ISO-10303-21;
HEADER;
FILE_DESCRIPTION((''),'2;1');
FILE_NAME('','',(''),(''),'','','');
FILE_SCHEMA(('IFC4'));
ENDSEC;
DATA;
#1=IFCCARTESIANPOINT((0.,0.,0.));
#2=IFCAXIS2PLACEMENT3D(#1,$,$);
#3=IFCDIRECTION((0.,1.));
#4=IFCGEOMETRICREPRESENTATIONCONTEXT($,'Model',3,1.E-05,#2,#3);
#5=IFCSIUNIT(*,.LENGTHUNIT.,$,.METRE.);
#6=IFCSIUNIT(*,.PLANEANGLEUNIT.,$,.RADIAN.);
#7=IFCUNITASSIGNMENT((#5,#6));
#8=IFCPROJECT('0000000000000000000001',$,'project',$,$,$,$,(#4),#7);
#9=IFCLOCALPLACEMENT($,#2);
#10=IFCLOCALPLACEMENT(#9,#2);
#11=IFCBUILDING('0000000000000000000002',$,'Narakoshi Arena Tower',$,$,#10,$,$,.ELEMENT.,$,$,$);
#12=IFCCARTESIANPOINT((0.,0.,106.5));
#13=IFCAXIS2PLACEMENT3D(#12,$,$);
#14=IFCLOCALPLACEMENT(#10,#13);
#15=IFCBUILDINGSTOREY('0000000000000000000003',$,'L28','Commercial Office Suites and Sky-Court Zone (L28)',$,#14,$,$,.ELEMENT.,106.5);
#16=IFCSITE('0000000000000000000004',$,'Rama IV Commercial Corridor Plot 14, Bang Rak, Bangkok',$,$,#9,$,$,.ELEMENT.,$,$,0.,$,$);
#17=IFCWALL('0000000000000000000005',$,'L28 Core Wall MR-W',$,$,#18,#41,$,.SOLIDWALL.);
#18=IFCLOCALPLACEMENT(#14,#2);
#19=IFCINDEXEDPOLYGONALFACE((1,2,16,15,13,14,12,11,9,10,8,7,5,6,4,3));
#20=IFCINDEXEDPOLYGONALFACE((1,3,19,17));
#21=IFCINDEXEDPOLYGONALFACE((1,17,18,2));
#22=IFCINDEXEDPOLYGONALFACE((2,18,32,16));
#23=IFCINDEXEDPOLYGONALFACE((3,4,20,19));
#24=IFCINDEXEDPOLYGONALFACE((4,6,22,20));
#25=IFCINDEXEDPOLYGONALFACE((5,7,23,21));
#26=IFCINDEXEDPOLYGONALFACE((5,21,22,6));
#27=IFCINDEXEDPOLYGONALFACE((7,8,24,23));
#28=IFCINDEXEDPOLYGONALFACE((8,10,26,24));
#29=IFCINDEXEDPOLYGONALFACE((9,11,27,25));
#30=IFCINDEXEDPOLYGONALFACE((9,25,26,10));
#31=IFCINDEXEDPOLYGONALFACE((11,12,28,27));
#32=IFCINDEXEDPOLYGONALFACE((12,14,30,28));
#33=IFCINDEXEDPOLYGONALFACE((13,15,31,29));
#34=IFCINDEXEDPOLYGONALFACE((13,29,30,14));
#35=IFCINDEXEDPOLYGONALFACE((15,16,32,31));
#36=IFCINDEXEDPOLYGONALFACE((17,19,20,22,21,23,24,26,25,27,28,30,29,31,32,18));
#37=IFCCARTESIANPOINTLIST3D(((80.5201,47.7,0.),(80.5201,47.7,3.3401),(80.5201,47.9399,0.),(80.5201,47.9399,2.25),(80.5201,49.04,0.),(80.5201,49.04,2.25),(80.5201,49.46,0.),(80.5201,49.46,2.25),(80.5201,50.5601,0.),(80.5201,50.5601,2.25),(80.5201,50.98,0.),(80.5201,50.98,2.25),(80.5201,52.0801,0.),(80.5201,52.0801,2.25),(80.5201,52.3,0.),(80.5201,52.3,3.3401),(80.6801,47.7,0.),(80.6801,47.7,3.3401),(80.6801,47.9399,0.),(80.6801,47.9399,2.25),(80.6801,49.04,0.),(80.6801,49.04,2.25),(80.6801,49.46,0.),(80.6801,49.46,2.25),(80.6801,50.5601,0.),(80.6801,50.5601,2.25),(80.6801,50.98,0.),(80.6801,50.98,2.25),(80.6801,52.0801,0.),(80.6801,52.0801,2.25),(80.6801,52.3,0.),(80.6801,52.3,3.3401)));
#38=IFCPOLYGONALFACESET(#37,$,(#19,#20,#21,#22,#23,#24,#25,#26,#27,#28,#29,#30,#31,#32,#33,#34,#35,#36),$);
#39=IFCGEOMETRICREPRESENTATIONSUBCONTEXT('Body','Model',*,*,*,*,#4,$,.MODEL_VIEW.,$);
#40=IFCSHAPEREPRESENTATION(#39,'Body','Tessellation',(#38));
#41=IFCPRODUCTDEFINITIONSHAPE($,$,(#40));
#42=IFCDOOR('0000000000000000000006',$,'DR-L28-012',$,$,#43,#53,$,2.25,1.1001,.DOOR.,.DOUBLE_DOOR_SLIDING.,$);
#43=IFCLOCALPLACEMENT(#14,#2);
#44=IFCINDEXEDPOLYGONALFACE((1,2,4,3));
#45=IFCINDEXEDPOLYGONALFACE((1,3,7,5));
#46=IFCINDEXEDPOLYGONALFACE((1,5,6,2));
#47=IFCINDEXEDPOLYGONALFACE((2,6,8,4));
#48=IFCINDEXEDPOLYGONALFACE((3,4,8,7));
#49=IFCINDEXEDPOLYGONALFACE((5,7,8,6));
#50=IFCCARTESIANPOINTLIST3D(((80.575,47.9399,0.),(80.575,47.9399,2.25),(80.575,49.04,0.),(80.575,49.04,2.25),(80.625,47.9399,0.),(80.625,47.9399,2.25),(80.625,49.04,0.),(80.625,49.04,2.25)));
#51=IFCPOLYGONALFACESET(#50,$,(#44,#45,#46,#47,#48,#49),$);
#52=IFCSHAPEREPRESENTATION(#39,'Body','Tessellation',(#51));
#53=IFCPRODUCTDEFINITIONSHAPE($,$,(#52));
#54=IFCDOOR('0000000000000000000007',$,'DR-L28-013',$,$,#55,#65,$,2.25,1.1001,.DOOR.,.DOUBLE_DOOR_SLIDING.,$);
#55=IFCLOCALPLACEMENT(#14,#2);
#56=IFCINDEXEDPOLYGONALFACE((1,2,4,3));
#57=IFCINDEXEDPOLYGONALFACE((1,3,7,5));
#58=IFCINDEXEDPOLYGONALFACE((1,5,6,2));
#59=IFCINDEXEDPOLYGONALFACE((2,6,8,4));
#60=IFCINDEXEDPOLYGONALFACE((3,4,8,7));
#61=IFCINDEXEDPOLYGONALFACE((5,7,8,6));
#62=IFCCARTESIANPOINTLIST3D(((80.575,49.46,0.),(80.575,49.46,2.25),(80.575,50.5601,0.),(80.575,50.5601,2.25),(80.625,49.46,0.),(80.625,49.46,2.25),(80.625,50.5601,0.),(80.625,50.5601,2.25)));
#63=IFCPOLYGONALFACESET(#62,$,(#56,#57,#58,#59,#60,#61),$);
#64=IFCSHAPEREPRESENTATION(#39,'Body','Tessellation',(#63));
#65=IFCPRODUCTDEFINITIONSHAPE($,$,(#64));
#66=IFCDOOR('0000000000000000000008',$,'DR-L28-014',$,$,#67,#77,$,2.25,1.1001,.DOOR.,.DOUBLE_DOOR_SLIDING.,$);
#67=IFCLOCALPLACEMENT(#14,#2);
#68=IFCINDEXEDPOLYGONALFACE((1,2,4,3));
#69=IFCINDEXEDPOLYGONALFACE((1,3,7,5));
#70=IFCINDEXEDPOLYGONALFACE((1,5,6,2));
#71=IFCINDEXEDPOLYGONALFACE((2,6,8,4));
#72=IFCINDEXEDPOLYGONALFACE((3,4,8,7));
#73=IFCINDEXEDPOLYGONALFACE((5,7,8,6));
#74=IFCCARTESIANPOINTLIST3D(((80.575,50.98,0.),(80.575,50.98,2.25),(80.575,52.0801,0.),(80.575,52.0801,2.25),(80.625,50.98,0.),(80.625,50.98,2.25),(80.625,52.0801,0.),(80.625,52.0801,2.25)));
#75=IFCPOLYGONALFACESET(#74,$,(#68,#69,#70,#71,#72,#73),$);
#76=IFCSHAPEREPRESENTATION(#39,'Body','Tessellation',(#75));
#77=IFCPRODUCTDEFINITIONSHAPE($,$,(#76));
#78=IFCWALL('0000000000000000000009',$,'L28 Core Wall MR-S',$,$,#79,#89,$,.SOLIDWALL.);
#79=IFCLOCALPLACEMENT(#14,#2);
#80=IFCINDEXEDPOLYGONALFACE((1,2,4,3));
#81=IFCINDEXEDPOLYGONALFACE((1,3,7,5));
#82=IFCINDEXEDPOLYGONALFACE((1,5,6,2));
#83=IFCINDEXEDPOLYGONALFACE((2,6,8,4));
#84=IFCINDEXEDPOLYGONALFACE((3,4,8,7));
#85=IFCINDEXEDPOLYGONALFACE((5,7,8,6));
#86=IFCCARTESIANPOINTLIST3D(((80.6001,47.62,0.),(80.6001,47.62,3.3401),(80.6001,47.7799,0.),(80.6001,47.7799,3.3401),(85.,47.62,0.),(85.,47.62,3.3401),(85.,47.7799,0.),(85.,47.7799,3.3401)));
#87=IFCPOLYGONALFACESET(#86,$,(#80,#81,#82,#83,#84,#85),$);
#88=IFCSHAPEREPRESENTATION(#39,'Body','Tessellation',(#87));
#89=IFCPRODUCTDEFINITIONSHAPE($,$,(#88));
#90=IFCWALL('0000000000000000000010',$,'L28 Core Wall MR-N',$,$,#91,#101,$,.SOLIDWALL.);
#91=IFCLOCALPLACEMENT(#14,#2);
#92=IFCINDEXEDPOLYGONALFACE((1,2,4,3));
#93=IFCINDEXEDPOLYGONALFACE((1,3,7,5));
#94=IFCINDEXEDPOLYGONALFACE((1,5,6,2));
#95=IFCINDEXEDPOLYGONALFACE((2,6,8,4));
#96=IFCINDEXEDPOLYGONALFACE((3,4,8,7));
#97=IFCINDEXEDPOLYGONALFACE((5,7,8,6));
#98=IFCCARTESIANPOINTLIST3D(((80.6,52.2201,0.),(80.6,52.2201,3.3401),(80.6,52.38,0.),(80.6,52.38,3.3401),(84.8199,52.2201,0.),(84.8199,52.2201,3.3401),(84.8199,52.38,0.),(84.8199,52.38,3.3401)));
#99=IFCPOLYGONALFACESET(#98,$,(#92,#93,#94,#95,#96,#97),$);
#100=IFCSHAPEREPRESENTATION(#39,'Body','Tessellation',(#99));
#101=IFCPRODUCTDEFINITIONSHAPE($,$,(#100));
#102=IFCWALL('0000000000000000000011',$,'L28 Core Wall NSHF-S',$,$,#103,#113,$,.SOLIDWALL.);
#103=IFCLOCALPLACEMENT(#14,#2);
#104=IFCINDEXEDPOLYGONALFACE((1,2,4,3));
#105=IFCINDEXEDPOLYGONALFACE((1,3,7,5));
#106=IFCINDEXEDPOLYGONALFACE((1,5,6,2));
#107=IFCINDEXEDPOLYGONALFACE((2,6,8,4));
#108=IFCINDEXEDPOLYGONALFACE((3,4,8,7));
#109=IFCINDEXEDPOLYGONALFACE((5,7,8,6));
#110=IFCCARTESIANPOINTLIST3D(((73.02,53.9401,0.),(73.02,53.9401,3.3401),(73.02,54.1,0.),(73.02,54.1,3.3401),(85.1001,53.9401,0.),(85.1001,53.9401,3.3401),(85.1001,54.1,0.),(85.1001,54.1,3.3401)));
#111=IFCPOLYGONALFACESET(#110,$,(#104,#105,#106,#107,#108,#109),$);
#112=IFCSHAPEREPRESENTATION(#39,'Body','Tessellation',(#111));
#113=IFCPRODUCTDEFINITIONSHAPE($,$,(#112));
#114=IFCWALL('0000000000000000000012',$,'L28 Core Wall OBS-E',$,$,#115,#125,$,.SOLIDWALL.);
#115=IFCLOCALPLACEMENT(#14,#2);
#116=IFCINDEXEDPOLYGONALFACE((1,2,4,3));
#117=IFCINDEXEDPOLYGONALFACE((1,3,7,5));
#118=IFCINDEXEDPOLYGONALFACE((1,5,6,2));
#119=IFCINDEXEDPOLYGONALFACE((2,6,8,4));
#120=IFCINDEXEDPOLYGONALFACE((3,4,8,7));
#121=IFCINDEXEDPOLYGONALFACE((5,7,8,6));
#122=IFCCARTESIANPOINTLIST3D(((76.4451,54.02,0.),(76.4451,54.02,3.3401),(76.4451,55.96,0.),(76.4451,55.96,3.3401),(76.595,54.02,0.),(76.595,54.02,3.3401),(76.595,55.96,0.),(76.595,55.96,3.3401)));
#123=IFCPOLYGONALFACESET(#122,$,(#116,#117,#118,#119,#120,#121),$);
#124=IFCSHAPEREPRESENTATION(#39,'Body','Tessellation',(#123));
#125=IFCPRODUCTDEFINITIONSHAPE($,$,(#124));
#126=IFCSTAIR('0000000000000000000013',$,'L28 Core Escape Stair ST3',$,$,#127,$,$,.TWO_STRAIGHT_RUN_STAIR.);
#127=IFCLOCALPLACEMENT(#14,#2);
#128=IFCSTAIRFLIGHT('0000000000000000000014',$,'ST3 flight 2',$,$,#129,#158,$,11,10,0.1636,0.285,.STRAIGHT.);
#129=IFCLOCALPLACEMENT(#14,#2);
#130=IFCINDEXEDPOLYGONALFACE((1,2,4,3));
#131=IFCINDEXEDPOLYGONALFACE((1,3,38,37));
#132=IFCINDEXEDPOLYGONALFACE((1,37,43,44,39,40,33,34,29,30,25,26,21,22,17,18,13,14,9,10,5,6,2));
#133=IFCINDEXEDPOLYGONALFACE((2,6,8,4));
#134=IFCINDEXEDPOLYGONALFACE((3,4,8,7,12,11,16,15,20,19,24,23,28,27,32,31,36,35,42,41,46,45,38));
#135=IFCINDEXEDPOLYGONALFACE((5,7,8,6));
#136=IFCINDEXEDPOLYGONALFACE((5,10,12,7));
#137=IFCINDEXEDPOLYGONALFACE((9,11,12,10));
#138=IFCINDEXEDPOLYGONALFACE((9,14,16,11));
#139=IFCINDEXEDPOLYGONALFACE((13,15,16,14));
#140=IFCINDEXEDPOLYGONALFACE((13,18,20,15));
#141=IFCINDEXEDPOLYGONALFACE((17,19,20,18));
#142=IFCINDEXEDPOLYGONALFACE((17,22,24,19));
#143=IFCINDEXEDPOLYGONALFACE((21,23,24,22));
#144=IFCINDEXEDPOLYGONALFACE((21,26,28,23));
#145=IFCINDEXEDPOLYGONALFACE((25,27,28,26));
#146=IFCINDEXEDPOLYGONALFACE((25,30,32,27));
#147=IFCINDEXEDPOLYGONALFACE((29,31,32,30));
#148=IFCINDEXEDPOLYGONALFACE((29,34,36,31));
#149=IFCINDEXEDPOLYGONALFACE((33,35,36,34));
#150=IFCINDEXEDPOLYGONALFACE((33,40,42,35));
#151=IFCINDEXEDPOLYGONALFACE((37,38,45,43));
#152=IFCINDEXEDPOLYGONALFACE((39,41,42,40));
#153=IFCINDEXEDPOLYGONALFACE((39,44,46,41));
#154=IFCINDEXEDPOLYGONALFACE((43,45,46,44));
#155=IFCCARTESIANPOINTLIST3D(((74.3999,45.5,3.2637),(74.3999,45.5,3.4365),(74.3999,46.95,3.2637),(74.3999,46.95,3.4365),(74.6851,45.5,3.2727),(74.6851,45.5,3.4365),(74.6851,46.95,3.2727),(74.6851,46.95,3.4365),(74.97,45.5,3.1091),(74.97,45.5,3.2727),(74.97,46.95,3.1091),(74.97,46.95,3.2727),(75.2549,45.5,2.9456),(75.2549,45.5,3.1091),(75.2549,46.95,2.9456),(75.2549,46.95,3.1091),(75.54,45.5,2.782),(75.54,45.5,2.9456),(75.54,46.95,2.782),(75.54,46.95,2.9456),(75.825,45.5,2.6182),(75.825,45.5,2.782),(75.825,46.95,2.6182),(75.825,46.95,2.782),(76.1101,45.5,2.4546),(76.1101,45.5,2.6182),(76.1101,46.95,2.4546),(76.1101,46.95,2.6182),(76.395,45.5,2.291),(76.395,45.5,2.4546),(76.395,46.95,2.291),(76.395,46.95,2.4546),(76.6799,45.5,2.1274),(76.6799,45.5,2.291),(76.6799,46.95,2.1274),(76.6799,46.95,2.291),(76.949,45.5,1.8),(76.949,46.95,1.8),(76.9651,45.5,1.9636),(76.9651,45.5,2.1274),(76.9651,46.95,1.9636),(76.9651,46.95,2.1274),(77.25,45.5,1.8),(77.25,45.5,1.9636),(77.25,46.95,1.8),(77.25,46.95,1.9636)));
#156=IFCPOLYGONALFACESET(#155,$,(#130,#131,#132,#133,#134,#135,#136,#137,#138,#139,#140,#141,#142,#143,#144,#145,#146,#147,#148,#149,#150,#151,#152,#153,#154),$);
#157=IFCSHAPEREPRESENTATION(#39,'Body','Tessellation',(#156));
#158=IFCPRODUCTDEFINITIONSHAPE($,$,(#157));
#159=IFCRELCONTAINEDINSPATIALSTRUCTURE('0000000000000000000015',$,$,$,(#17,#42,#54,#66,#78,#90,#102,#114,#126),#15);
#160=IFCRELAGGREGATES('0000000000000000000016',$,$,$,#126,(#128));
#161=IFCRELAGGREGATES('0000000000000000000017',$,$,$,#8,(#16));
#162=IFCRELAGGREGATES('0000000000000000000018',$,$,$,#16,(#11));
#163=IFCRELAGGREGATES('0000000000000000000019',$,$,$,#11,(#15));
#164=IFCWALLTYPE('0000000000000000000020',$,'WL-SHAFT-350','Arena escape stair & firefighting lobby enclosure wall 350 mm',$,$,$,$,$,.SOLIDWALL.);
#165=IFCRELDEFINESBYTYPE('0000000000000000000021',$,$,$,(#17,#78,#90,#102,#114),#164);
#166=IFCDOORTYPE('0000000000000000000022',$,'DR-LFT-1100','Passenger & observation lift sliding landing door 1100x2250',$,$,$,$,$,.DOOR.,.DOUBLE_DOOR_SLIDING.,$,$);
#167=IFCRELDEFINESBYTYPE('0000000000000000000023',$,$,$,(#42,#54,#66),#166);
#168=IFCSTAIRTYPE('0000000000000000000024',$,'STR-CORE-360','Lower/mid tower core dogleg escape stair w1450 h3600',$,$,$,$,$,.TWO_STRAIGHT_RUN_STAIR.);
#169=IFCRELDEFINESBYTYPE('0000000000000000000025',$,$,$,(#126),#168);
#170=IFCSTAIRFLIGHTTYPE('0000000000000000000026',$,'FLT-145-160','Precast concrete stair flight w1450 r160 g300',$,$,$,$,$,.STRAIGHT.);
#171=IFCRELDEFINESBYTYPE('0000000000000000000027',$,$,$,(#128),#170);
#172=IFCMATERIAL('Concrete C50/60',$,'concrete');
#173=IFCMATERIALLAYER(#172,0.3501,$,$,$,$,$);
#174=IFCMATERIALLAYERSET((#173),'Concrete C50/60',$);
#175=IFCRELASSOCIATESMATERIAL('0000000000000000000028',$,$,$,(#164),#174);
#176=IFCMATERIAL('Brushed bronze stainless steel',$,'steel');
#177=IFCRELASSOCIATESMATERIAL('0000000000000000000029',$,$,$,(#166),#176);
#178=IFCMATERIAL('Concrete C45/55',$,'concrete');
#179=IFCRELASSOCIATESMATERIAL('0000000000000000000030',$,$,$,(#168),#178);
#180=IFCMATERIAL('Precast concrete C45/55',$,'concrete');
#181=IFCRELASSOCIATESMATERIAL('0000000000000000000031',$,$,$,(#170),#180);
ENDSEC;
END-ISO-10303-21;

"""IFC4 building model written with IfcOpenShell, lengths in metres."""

from ifc_helpers import new_model, si_unit, direction, frame, frame_2d, origin, place, context, subcontext, project, spatial, polyline, rectangle, outline, extrude, material, layer, layer_set, type_object, element, fill, aggregate, save


model = new_model("IFC4")

# Units and contexts
model_context = context("Model", 3, precision=1e-05, world=origin(), true_north=direction((0.0, 1.0)))
body_context = subcontext(model_context, "Body", "Model", "MODEL_VIEW")
ifc_project = project(units=[si_unit("LENGTHUNIT", "METRE"), si_unit("PLANEANGLEUNIT", "RADIAN")], contexts=[model_context])

# Site, building, storey
site_placement = place(None, origin())
site = spatial("IfcSite", under=ifc_project, at=site_placement, Name="Rama IV Commercial Corridor Plot 14, Bang Rak, Bangkok", CompositionType="ELEMENT", RefElevation=0.0)
building_placement = place(site_placement, origin())
building = spatial("IfcBuilding", under=site, at=building_placement, Name="Narakoshi Arena Tower", CompositionType="ELEMENT")
storey_placement = place(building_placement, frame((0.0, 0.0, 106.5)))
storey = spatial("IfcBuildingStorey", under=building, at=storey_placement, Name="L28", Description="Commercial Office Suites and Sky-Court Zone (L28)", CompositionType="ELEMENT", Elevation=106.5)

# Shared definitions
ifc_material_1 = material(Name="Concrete C50/60", Category="concrete")
ifc_layer_1 = layer(ifc_material_1, 0.3501)
ifc_layer_set_1 = layer_set([ifc_layer_1], Name="Concrete C50/60")
wall_type_1 = type_object("IfcWallType", Name="WL-SHAFT-350", Description="Arena escape stair & firefighting lobby enclosure wall 350 mm", PredefinedType="SOLIDWALL", material=ifc_layer_set_1)

# Wall, openings, doors
wall_1_placement = place(storey_placement, frame((80.6001, 47.7, 0.0), z_axis=(0.0, 0.0, 1.0), x_axis=(0.0, 1.0, 0.0)))
wall_1 = element("IfcWall", 1, at=wall_1_placement, inside=storey, type_object=wall_type_1, Name="L28 Core Wall MR-W", PredefinedType="SOLIDWALL", context=body_context, shape_type="SweptSolid", body=[
    extrude(rectangle(XDim=4.6001, YDim=0.1599, at=frame_2d((2.3, 0.0))), origin(), (0.0, 0.0, 1.0), 3.3401),
])
opening_1_placement = place(wall_1_placement, frame((0.24, 0.0, 0.0)))
opening_1 = element("IfcOpeningElement", 2, at=opening_1_placement, cuts=wall_1, PredefinedType="OPENING", context=body_context, shape_type="SweptSolid", body=[
    extrude(rectangle(XDim=1.1001, YDim=2.25, at=frame_2d((0.55, 1.125))), frame((0.0, 0.0898, 0.0), z_axis=(0.0, -1.0, 0.0), x_axis=(1.0, 0.0, 0.0)), (0.0, 0.0, 1.0), 0.1799),
])
opening_2_placement = place(wall_1_placement, frame((1.76, 0.0, 0.0)))
opening_2 = element("IfcOpeningElement", 3, at=opening_2_placement, cuts=wall_1, PredefinedType="OPENING", context=body_context, shape_type="SweptSolid", body=[
    extrude(rectangle(XDim=1.1001, YDim=2.25, at=frame_2d((0.55, 1.125))), frame((0.0, 0.0898, 0.0), z_axis=(0.0, -1.0, 0.0), x_axis=(1.0, 0.0, 0.0)), (0.0, 0.0, 1.0), 0.1799),
])
opening_3_placement = place(wall_1_placement, frame((3.28, 0.0, 0.0)))
opening_3 = element("IfcOpeningElement", 4, at=opening_3_placement, cuts=wall_1, PredefinedType="OPENING", context=body_context, shape_type="SweptSolid", body=[
    extrude(rectangle(XDim=1.1001, YDim=2.25, at=frame_2d((0.55, 1.125))), frame((0.0, 0.0898, 0.0), z_axis=(0.0, -1.0, 0.0), x_axis=(1.0, 0.0, 0.0)), (0.0, 0.0, 1.0), 0.1799),
])
ifc_material_2 = material(Name="Brushed bronze stainless steel", Category="steel")
door_type_1 = type_object("IfcDoorType", Name="DR-LFT-1100", Description="Passenger & observation lift sliding landing door 1100x2250", OperationType="DOUBLE_DOOR_SLIDING", PredefinedType="DOOR", material=ifc_material_2)
door_1_placement = place(opening_1_placement, frame((1.1001, 0.0, 0.0), z_axis=(0.0, 0.0, 1.0), x_axis=(-1.0, 0.0, 0.0)))
door_1 = element("IfcDoor", 5, at=door_1_placement, inside=storey, type_object=door_type_1, Name="DR-L28-012", OperationType="DOUBLE_DOOR_SLIDING", OverallHeight=2.25, OverallWidth=1.1001, PredefinedType="DOOR", context=body_context, shape_type="SweptSolid", body=[
    extrude(rectangle(XDim=1.1001, YDim=2.25, at=frame_2d((0.55, 1.125))), frame((0.0, 0.0249, 0.0), z_axis=(0.0, -1.0, 0.0), x_axis=(1.0, 0.0, 0.0)), (0.0, 0.0, 1.0), 0.05),
])
fill(opening_1, door_1)
door_2_placement = place(opening_2_placement, frame((1.1001, 0.0, 0.0), z_axis=(0.0, 0.0, 1.0), x_axis=(-1.0, 0.0, 0.0)))
door_2 = element("IfcDoor", 6, at=door_2_placement, inside=storey, type_object=door_type_1, Name="DR-L28-013", OperationType="DOUBLE_DOOR_SLIDING", OverallHeight=2.25, OverallWidth=1.1001, PredefinedType="DOOR", context=body_context, shape_type="SweptSolid", body=[
    extrude(rectangle(XDim=1.1001, YDim=2.25, at=frame_2d((0.55, 1.125))), frame((0.0, 0.0249, 0.0), z_axis=(0.0, -1.0, 0.0), x_axis=(1.0, 0.0, 0.0)), (0.0, 0.0, 1.0), 0.05),
])
fill(opening_2, door_2)
door_3_placement = place(opening_3_placement, frame((1.1001, 0.0, 0.0), z_axis=(0.0, 0.0, 1.0), x_axis=(-1.0, 0.0, 0.0)))
door_3 = element("IfcDoor", 7, at=door_3_placement, inside=storey, type_object=door_type_1, Name="DR-L28-014", OperationType="DOUBLE_DOOR_SLIDING", OverallHeight=2.25, OverallWidth=1.1001, PredefinedType="DOOR", context=body_context, shape_type="SweptSolid", body=[
    extrude(rectangle(XDim=1.1001, YDim=2.25, at=frame_2d((0.55, 1.125))), frame((0.0, 0.0249, 0.0), z_axis=(0.0, -1.0, 0.0), x_axis=(1.0, 0.0, 0.0)), (0.0, 0.0, 1.0), 0.05),
])
fill(opening_3, door_3)

# Walls
wall_2_placement = place(storey_placement, frame((80.6001, 47.7, 0.0), z_axis=(0.0, 0.0, 1.0), x_axis=(1.0, 0.0, 0.0)))
element("IfcWall", 8, at=wall_2_placement, inside=storey, type_object=wall_type_1, Name="L28 Core Wall MR-S", PredefinedType="SOLIDWALL", context=body_context, shape_type="SweptSolid", body=[
    extrude(rectangle(XDim=4.3999, YDim=0.1599, at=frame_2d((2.2, 0.0))), origin(), (0.0, 0.0, 1.0), 3.3401),
])
wall_3_placement = place(storey_placement, frame((80.6001, 52.3, 0.0), z_axis=(0.0, 0.0, 1.0), x_axis=(1.0, 0.0, 0.0)))
element("IfcWall", 9, at=wall_3_placement, inside=storey, type_object=wall_type_1, Name="L28 Core Wall MR-N", PredefinedType="SOLIDWALL", context=body_context, shape_type="SweptSolid", body=[
    extrude(rectangle(XDim=4.22, YDim=0.1599, at=frame_2d((2.1099, 0.0))), origin(), (0.0, 0.0, 1.0), 3.3401),
])
wall_4_placement = place(storey_placement, frame((73.02, 54.02, 0.0), z_axis=(0.0, 0.0, 1.0), x_axis=(1.0, 0.0, 0.0)))
element("IfcWall", 10, at=wall_4_placement, inside=storey, type_object=wall_type_1, Name="L28 Core Wall NSHF-S", PredefinedType="SOLIDWALL", context=body_context, shape_type="SweptSolid", body=[
    extrude(rectangle(XDim=12.0801, YDim=0.1599, at=frame_2d((6.04, 0.0))), origin(), (0.0, 0.0, 1.0), 3.3401),
])
wall_5_placement = place(storey_placement, frame((76.52, 54.02, 0.0), z_axis=(0.0, 0.0, 1.0), x_axis=(0.0, 1.0, 0.0)))
element("IfcWall", 11, at=wall_5_placement, inside=storey, type_object=wall_type_1, Name="L28 Core Wall OBS-E", PredefinedType="SOLIDWALL", context=body_context, shape_type="SweptSolid", body=[
    extrude(rectangle(XDim=1.9399, YDim=0.1499, at=frame_2d((0.97, 0.0))), origin(), (0.0, 0.0, 1.0), 3.3401),
])

# Stair, stair flight
ifc_material_3 = material(Name="Concrete C45/55", Category="concrete")
stair_type = type_object("IfcStairType", Name="STR-CORE-360", Description="Lower/mid tower core dogleg escape stair w1450 h3600", PredefinedType="TWO_STRAIGHT_RUN_STAIR", material=ifc_material_3)
stair_placement = place(storey_placement, origin())
stair = element("IfcStair", 12, at=stair_placement, inside=storey, type_object=stair_type, Name="L28 Core Escape Stair ST3", PredefinedType="TWO_STRAIGHT_RUN_STAIR")
ifc_material_4 = material(Name="Precast concrete C45/55", Category="concrete")
stair_flight_type = type_object("IfcStairFlightType", Name="FLT-145-160", Description="Precast concrete stair flight w1450 r160 g300", PredefinedType="STRAIGHT", material=ifc_material_4)
stair_flight_placement = place(storey_placement, frame((77.25, 46.2251, 1.8), z_axis=(0.0, 0.0, 1.0), x_axis=(-1.0, 0.0, 0.0)))
stair_flight = element("IfcStairFlight", 13, at=stair_flight_placement, type_object=stair_flight_type, Name="ST3 flight 2", NumberOfRisers=11, NumberOfTreads=10, PredefinedType="STRAIGHT", RiserHeight=0.1636, TreadLength=0.285, context=body_context, shape_type="SweptSolid", body=[
    extrude(outline(polyline([(0.0, 0.0), (0.0, 0.1636), (0.2849, 0.1636), (0.2849, 0.3274), (0.5701, 0.3274), (0.5701, 0.491), (0.855, 0.491), (0.855, 0.6545), (1.1399, 0.6545), (1.1399, 0.8181), (1.425, 0.8181), (1.425, 0.9819), (1.71, 0.9819), (1.71, 1.1455), (1.9951, 1.1455), (1.9951, 1.3091), (2.28, 1.3091), (2.28, 1.4727), (2.5649, 1.4727), (2.5649, 1.6365), (2.8501, 1.6365), (2.8501, 1.8), (2.8501, 1.4636), (0.301, 0.0), (0.0, 0.0)])), frame((0.0, 0.7251, 0.0), z_axis=(0.0, -1.0, 0.0), x_axis=(1.0, 0.0, 0.0)), (0.0, 0.0, 1.0), 1.45),
])
aggregate(stair, [stair_flight])

save(model, "model.ifc")
